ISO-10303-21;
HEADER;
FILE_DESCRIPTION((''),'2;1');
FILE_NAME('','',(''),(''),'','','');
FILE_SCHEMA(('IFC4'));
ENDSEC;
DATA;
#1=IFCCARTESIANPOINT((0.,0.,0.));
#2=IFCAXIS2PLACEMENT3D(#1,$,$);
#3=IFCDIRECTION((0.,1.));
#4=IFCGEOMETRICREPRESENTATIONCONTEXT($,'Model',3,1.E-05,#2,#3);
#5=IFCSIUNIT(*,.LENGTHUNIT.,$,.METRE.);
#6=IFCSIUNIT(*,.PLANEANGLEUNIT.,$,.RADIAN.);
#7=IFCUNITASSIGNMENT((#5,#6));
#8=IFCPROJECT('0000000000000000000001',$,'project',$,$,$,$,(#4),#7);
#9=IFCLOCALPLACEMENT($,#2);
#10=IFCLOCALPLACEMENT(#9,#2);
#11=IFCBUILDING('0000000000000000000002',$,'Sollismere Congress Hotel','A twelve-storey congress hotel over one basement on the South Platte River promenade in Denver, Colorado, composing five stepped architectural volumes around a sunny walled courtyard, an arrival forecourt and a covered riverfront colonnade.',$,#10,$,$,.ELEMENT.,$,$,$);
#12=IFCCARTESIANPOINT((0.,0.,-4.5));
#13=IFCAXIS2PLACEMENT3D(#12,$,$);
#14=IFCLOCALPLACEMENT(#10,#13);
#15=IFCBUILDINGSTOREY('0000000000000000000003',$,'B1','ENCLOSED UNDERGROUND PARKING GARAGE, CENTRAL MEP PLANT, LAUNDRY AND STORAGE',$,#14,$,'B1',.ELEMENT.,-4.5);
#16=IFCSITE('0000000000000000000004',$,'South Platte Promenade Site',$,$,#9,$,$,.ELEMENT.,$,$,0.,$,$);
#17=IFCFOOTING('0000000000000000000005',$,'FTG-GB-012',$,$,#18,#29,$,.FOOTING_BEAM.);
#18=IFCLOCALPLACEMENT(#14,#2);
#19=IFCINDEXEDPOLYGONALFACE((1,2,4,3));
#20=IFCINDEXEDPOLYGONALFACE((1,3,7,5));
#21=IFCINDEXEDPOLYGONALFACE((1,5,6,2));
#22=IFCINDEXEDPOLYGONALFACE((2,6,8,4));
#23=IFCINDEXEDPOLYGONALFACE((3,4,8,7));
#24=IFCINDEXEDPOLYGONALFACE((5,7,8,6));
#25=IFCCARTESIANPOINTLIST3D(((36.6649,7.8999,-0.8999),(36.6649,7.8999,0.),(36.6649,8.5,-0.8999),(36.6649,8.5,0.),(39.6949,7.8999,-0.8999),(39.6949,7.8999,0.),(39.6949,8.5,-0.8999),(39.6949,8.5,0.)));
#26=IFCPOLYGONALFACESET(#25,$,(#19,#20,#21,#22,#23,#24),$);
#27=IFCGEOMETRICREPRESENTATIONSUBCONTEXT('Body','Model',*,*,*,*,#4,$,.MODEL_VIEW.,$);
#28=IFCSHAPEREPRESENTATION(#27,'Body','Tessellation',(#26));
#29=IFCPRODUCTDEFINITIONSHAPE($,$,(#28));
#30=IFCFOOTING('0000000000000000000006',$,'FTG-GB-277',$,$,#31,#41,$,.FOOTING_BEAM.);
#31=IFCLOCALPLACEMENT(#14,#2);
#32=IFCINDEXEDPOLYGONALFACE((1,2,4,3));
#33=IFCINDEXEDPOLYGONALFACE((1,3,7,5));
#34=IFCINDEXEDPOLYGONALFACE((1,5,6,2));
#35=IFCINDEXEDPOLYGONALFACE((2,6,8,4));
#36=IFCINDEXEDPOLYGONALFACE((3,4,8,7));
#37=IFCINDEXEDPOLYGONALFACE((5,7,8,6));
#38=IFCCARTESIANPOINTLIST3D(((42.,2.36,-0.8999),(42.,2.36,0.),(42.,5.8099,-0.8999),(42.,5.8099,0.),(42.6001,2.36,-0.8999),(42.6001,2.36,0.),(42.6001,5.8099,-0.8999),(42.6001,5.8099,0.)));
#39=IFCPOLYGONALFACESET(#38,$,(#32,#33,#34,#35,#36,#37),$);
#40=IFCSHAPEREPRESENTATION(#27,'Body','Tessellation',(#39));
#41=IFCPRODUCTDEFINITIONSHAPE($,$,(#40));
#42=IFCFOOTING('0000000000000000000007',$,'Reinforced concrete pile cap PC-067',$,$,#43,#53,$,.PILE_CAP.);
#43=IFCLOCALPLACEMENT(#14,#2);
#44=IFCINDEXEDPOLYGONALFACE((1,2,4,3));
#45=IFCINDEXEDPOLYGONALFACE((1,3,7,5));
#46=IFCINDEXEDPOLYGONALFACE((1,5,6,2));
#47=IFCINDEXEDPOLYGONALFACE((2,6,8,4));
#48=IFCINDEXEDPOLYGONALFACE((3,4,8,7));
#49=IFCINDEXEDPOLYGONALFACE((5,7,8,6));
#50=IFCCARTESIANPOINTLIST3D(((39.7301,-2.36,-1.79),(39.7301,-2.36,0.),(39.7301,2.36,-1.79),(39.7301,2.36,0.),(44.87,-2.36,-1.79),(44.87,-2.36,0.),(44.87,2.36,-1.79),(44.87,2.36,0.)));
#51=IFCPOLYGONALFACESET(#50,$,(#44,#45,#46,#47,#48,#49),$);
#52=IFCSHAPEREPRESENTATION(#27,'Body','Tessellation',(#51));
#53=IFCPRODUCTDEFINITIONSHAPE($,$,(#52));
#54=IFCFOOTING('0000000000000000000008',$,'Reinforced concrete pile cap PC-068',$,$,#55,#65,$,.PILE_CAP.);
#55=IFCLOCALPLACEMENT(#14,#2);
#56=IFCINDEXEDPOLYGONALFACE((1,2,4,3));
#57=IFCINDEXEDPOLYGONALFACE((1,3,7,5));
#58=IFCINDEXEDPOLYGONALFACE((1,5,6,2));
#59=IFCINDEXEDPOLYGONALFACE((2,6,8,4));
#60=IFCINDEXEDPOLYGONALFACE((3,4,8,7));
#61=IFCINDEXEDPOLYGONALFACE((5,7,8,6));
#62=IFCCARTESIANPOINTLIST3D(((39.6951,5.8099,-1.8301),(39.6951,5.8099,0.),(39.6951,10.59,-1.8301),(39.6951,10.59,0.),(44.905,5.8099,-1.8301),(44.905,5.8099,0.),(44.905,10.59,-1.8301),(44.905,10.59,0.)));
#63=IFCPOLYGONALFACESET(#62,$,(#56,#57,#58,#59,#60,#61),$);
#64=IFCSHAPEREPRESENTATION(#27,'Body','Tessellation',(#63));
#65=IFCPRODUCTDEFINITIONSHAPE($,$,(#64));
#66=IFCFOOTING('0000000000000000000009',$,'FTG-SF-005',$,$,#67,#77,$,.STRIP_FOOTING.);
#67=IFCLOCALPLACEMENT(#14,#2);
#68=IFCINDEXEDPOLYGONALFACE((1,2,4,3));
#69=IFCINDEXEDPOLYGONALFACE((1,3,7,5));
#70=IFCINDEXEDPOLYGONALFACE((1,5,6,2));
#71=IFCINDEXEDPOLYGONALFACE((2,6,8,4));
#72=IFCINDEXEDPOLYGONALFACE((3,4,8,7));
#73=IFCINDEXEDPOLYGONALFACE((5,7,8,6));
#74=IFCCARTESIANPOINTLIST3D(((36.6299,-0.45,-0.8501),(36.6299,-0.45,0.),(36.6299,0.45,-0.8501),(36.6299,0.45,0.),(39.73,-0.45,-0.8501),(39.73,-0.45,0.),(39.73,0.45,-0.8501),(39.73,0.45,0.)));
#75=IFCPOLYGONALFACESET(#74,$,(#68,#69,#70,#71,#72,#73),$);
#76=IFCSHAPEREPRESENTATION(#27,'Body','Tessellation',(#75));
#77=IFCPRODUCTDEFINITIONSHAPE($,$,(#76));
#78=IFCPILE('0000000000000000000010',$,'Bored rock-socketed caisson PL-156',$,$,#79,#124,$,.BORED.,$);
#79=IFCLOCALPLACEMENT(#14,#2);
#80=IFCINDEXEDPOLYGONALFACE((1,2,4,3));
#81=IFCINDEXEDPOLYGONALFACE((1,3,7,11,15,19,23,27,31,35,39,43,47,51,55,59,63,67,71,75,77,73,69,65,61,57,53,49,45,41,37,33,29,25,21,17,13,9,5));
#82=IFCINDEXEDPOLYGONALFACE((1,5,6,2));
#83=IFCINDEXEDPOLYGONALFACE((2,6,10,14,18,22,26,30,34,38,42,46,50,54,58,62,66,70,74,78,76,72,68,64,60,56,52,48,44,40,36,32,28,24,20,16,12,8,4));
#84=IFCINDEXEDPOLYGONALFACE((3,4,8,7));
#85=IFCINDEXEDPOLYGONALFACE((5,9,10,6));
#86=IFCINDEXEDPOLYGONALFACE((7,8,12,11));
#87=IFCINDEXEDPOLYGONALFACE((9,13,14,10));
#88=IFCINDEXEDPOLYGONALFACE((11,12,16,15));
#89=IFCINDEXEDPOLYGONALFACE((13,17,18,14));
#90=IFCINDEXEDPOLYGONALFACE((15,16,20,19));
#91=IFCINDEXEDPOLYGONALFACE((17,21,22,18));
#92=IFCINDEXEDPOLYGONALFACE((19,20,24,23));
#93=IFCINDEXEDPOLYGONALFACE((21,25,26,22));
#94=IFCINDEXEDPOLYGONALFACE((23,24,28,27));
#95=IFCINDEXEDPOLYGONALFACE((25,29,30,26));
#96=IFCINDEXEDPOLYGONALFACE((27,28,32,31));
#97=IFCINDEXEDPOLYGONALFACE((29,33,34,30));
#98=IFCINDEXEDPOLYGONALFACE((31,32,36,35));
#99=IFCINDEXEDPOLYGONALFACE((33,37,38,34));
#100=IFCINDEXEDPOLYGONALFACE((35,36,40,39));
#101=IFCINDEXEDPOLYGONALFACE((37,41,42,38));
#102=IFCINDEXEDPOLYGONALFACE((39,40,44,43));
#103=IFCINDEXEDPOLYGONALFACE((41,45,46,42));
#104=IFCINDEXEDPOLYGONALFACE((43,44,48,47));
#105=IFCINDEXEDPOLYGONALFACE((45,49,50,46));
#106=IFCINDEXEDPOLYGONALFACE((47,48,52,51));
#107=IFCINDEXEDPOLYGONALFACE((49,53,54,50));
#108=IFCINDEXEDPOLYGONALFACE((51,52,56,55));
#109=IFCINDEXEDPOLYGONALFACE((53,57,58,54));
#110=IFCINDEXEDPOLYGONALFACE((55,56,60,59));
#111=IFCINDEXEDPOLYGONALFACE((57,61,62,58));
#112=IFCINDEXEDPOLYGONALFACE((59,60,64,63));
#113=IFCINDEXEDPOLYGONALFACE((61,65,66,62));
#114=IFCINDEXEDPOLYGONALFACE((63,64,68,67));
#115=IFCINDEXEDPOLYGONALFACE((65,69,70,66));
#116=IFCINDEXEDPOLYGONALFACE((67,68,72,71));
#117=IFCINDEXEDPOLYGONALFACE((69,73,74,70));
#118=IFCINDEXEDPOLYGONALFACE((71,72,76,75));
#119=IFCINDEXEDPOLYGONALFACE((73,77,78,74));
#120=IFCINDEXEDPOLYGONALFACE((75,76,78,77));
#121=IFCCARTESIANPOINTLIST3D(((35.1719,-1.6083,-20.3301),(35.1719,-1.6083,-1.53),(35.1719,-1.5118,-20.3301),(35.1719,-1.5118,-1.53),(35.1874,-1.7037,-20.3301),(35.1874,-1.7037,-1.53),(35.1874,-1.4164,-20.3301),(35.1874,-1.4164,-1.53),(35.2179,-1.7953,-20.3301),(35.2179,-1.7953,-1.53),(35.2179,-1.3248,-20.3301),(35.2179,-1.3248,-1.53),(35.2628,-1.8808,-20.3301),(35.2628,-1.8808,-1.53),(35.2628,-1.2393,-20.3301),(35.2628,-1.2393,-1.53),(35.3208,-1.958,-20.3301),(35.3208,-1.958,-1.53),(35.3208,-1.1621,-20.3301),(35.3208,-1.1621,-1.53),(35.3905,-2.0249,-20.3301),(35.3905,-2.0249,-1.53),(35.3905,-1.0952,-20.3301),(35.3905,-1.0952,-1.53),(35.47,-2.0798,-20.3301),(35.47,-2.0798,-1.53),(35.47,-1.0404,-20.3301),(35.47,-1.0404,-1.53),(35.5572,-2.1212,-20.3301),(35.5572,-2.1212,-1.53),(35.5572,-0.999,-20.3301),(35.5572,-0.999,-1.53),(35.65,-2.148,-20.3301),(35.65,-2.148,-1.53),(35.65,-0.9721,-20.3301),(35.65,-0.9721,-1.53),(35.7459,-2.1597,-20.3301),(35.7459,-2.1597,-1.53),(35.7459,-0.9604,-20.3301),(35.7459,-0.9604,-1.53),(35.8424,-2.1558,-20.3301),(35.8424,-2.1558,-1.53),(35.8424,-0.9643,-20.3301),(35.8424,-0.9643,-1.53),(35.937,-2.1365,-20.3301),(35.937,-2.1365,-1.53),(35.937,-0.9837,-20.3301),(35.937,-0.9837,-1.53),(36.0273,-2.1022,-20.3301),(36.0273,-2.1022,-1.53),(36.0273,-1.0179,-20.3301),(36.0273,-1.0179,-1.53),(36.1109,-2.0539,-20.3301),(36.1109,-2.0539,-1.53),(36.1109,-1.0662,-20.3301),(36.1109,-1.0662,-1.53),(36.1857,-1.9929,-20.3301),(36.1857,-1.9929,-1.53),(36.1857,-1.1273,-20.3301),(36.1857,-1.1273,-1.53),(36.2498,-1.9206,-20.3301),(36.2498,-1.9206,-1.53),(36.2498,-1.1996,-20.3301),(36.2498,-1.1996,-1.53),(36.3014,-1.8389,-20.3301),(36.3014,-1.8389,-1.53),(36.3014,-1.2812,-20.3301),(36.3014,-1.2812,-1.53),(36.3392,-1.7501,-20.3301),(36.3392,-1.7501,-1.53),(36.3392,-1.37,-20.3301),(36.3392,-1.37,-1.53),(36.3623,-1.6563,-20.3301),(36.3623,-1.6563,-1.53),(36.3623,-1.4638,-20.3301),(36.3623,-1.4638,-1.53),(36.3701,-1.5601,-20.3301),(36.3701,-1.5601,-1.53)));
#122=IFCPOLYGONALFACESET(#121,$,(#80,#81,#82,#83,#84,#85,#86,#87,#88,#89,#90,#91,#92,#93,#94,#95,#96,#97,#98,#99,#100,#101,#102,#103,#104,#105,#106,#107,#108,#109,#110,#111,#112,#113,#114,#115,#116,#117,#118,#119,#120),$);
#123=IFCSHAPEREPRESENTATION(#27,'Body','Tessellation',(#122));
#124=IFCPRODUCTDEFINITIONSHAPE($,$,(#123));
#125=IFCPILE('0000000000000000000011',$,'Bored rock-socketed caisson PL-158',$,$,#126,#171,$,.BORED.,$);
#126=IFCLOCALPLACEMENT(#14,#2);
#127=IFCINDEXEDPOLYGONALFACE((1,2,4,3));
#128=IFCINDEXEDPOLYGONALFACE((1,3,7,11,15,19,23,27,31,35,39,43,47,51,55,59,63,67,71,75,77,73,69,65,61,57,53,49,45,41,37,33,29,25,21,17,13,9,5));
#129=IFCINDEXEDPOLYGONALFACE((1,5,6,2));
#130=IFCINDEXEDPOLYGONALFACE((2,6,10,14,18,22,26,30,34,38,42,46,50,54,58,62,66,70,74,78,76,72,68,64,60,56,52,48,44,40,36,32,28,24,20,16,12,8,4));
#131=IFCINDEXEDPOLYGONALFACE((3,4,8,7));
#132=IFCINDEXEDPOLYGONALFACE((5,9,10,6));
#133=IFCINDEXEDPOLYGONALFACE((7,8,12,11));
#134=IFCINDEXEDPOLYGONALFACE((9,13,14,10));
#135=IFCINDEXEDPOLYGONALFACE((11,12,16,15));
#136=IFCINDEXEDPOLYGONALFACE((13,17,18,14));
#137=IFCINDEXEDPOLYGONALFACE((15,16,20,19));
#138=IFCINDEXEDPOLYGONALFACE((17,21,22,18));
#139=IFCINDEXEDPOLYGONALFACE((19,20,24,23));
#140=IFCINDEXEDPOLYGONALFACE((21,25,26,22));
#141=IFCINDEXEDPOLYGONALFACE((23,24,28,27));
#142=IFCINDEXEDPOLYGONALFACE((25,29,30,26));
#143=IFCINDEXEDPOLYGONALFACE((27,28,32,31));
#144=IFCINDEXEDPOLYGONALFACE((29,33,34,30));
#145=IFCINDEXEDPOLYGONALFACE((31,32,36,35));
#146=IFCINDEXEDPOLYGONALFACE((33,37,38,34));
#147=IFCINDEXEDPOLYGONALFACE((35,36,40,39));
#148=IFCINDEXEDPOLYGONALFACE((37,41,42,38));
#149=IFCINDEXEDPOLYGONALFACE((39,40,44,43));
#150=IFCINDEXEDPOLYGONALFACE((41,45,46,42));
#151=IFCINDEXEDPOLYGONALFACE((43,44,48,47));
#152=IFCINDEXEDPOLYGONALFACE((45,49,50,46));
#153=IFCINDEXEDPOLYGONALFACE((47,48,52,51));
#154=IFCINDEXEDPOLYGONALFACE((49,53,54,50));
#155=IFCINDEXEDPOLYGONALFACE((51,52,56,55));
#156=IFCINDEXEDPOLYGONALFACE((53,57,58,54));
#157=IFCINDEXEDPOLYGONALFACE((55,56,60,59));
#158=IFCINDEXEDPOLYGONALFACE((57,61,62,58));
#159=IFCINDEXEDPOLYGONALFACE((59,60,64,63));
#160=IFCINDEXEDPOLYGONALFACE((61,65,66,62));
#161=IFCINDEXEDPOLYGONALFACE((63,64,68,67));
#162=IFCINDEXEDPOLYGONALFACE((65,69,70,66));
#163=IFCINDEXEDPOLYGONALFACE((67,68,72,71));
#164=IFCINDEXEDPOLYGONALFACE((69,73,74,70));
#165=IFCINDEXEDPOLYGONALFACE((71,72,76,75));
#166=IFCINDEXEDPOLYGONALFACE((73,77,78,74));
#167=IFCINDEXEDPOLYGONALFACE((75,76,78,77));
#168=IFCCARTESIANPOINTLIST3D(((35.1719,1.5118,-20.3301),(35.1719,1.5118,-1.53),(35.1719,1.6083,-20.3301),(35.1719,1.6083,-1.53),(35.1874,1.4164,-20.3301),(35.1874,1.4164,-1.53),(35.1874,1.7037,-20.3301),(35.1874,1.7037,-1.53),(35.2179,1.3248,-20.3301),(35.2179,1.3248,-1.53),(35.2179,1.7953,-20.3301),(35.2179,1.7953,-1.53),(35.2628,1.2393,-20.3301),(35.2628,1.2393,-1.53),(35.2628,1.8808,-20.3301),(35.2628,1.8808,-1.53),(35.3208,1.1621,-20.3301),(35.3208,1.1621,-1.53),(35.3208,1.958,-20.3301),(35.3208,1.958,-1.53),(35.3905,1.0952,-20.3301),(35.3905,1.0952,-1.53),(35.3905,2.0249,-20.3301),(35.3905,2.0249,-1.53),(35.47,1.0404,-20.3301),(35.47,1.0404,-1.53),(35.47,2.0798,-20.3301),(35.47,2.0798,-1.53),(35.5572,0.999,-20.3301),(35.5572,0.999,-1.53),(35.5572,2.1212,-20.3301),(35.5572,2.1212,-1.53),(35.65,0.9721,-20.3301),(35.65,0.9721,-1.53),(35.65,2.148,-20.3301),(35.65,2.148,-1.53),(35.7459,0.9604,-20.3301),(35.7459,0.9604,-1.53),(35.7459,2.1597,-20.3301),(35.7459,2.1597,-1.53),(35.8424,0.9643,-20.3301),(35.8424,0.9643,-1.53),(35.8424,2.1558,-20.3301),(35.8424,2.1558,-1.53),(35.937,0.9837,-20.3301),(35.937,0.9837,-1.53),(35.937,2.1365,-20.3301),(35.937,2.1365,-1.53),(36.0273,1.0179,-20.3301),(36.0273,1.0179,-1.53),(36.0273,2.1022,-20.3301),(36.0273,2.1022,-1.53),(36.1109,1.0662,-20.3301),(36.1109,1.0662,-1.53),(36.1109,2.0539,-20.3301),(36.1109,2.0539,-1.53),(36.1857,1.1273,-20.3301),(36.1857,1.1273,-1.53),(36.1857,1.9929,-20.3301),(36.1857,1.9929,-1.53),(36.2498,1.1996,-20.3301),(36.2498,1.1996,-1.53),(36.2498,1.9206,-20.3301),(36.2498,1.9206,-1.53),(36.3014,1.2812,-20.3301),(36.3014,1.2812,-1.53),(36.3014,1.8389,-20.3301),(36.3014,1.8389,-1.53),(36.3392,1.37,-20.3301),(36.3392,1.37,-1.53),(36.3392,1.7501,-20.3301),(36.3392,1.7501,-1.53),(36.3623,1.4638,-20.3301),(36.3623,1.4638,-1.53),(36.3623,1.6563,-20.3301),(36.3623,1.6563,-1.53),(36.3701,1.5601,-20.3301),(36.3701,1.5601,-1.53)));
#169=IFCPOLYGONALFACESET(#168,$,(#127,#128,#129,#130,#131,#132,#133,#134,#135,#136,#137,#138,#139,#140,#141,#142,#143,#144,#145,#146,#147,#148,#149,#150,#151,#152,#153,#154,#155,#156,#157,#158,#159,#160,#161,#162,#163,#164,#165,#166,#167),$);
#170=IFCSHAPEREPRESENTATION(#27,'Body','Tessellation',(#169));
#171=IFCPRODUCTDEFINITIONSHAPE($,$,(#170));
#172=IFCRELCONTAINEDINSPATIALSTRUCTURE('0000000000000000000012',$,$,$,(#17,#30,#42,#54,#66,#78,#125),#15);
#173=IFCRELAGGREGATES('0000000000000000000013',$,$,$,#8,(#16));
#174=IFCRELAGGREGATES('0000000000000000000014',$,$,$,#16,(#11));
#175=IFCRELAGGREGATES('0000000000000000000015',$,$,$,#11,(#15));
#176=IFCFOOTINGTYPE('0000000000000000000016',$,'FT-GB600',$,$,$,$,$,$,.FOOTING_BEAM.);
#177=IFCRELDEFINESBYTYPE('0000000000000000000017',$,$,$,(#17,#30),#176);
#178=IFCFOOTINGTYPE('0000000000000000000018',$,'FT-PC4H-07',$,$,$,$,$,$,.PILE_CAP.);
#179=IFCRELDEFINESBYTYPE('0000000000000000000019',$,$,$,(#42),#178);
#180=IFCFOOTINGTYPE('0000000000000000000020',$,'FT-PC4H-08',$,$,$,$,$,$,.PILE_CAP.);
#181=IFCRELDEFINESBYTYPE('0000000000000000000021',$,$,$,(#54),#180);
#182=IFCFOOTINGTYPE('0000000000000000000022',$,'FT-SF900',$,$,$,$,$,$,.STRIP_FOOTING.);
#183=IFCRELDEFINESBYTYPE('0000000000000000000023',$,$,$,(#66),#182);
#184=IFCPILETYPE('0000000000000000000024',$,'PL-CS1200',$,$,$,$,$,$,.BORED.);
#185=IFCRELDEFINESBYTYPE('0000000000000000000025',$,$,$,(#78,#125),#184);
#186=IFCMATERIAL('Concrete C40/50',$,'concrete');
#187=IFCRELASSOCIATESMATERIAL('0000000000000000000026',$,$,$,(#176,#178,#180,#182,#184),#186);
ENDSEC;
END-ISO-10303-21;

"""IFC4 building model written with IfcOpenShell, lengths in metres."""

from ifc_helpers import new_model, si_unit, direction, frame, origin, origin_2d, place, context, subcontext, project, spatial, rectangle, circle, extrude, material, material_profile, profile_set, type_object, element, save


model = new_model("IFC4")

# Units and contexts
model_context = context("Model", 3, precision=1e-05, world=origin(), true_north=direction((0.0, 1.0)))
body_context = subcontext(model_context, "Body", "Model", "MODEL_VIEW")
ifc_project = project(units=[si_unit("LENGTHUNIT", "METRE"), si_unit("PLANEANGLEUNIT", "RADIAN")], contexts=[model_context])

# Site, building, storey
site_placement = place(None, origin())
site = spatial("IfcSite", under=ifc_project, at=site_placement, Name="South Platte Promenade Site", CompositionType="ELEMENT", RefElevation=0.0)
building_placement = place(site_placement, origin())
building = spatial("IfcBuilding", under=site, at=building_placement, Name="Sollismere Congress Hotel", Description="A twelve-storey congress hotel over one basement on the South Platte River promenade in Denver, Colorado, composing five stepped architectural volumes around a sunny walled courtyard, an arrival forecourt and a covered riverfront colonnade.", CompositionType="ELEMENT")
storey_placement = place(building_placement, frame((0.0, 0.0, -4.5)))
storey = spatial("IfcBuildingStorey", under=building, at=storey_placement, Name="B1", Description="ENCLOSED UNDERGROUND PARKING GARAGE, CENTRAL MEP PLANT, LAUNDRY AND STORAGE", LongName="B1", CompositionType="ELEMENT", Elevation=-4.5)

# Footings
ifc_material_1 = material(Name="Concrete C40/50", Category="concrete")
footing_type_1 = type_object("IfcFootingType", Name="FT-GB600", PredefinedType="FOOTING_BEAM", material=ifc_material_1)
footing_1_placement = place(storey_placement, frame((38.1799, 8.2, -0.8999), z_axis=(0.0, 0.0, 1.0), x_axis=(1.0, 0.0, 0.0)))
element("IfcFooting", 1, at=footing_1_placement, inside=storey, type_object=footing_type_1, Name="FTG-GB-012", PredefinedType="FOOTING_BEAM", context=body_context, shape_type="SweptSolid", body=[
    extrude(rectangle(XDim=3.03, YDim=0.6001, at=origin_2d()), origin(), (0.0, 0.0, 1.0), 0.8999),
])
footing_2_placement = place(storey_placement, frame((42.3, 4.085, -0.8999), z_axis=(0.0, 0.0, 1.0), x_axis=(0.0, 1.0, 0.0)))
element("IfcFooting", 2, at=footing_2_placement, inside=storey, type_object=footing_type_1, Name="FTG-GB-277", PredefinedType="FOOTING_BEAM", context=body_context, shape_type="SweptSolid", body=[
    extrude(rectangle(XDim=3.45, YDim=0.6001, at=origin_2d()), origin(), (0.0, 0.0, 1.0), 0.8999),
])
footing_type_2 = type_object("IfcFootingType", Name="FT-PC4H-07", PredefinedType="PILE_CAP", material=ifc_material_1)
footing_3_placement = place(storey_placement, frame((42.3, 0.0, -1.79), z_axis=(0.0, 0.0, 1.0), x_axis=(1.0, 0.0, 0.0)))
element("IfcFooting", 3, at=footing_3_placement, inside=storey, type_object=footing_type_2, Name="Reinforced concrete pile cap PC-067", PredefinedType="PILE_CAP", context=body_context, shape_type="SweptSolid", body=[
    extrude(rectangle(XDim=5.1399, YDim=4.72, at=origin_2d()), origin(), (0.0, 0.0, 1.0), 1.79),
])
footing_type_3 = type_object("IfcFootingType", Name="FT-PC4H-08", PredefinedType="PILE_CAP", material=ifc_material_1)
footing_4_placement = place(storey_placement, frame((42.3, 8.2, -1.8301), z_axis=(0.0, 0.0, 1.0), x_axis=(1.0, 0.0, 0.0)))
element("IfcFooting", 4, at=footing_4_placement, inside=storey, type_object=footing_type_3, Name="Reinforced concrete pile cap PC-068", PredefinedType="PILE_CAP", context=body_context, shape_type="SweptSolid", body=[
    extrude(rectangle(XDim=5.21, YDim=4.78, at=origin_2d()), origin(), (0.0, 0.0, 1.0), 1.8301),
])
footing_type_4 = type_object("IfcFootingType", Name="FT-SF900", PredefinedType="STRIP_FOOTING", material=ifc_material_1)
footing_5_placement = place(storey_placement, frame((38.1799, 0.0, -0.8501), z_axis=(0.0, 0.0, 1.0), x_axis=(1.0, 0.0, 0.0)))
element("IfcFooting", 5, at=footing_5_placement, inside=storey, type_object=footing_type_4, Name="FTG-SF-005", PredefinedType="STRIP_FOOTING", context=body_context, shape_type="SweptSolid", body=[
    extrude(rectangle(XDim=3.1001, YDim=0.8999, at=origin_2d()), origin(), (0.0, 0.0, 1.0), 0.8501),
])

# Piles
ifc_material_profile_1 = material_profile(ifc_material_1, circle(Radius=0.6001, at=origin_2d()), Name="CAISSON1200")
ifc_profile_set_1 = profile_set([ifc_material_profile_1], Name="Concrete C40/50")
pile_type = type_object("IfcPileType", Name="PL-CS1200", PredefinedType="BORED", material=ifc_profile_set_1)
for number, where, z_axis, x_axis, name in (
    (6, (35.77, -1.5601, -1.53), (0.0, 0.0, -1.0), (1.0, 0.0, 0.0), "Bored rock-socketed caisson PL-156"),
    (7, (35.77, 1.5601, -1.53), (0.0, 0.0, -1.0), (1.0, 0.0, 0.0), "Bored rock-socketed caisson PL-158"),
):
    element("IfcPile", number, at=place(storey_placement, frame(where, z_axis=z_axis, x_axis=x_axis)), inside=storey, type_object=pile_type, Name=name, PredefinedType="BORED", context=body_context, shape_type="SweptSolid", body=[
        extrude(circle(Radius=0.6001, at=origin_2d()), origin(), (0.0, 0.0, 1.0), 18.8),
    ])

save(model, "model.ifc")
